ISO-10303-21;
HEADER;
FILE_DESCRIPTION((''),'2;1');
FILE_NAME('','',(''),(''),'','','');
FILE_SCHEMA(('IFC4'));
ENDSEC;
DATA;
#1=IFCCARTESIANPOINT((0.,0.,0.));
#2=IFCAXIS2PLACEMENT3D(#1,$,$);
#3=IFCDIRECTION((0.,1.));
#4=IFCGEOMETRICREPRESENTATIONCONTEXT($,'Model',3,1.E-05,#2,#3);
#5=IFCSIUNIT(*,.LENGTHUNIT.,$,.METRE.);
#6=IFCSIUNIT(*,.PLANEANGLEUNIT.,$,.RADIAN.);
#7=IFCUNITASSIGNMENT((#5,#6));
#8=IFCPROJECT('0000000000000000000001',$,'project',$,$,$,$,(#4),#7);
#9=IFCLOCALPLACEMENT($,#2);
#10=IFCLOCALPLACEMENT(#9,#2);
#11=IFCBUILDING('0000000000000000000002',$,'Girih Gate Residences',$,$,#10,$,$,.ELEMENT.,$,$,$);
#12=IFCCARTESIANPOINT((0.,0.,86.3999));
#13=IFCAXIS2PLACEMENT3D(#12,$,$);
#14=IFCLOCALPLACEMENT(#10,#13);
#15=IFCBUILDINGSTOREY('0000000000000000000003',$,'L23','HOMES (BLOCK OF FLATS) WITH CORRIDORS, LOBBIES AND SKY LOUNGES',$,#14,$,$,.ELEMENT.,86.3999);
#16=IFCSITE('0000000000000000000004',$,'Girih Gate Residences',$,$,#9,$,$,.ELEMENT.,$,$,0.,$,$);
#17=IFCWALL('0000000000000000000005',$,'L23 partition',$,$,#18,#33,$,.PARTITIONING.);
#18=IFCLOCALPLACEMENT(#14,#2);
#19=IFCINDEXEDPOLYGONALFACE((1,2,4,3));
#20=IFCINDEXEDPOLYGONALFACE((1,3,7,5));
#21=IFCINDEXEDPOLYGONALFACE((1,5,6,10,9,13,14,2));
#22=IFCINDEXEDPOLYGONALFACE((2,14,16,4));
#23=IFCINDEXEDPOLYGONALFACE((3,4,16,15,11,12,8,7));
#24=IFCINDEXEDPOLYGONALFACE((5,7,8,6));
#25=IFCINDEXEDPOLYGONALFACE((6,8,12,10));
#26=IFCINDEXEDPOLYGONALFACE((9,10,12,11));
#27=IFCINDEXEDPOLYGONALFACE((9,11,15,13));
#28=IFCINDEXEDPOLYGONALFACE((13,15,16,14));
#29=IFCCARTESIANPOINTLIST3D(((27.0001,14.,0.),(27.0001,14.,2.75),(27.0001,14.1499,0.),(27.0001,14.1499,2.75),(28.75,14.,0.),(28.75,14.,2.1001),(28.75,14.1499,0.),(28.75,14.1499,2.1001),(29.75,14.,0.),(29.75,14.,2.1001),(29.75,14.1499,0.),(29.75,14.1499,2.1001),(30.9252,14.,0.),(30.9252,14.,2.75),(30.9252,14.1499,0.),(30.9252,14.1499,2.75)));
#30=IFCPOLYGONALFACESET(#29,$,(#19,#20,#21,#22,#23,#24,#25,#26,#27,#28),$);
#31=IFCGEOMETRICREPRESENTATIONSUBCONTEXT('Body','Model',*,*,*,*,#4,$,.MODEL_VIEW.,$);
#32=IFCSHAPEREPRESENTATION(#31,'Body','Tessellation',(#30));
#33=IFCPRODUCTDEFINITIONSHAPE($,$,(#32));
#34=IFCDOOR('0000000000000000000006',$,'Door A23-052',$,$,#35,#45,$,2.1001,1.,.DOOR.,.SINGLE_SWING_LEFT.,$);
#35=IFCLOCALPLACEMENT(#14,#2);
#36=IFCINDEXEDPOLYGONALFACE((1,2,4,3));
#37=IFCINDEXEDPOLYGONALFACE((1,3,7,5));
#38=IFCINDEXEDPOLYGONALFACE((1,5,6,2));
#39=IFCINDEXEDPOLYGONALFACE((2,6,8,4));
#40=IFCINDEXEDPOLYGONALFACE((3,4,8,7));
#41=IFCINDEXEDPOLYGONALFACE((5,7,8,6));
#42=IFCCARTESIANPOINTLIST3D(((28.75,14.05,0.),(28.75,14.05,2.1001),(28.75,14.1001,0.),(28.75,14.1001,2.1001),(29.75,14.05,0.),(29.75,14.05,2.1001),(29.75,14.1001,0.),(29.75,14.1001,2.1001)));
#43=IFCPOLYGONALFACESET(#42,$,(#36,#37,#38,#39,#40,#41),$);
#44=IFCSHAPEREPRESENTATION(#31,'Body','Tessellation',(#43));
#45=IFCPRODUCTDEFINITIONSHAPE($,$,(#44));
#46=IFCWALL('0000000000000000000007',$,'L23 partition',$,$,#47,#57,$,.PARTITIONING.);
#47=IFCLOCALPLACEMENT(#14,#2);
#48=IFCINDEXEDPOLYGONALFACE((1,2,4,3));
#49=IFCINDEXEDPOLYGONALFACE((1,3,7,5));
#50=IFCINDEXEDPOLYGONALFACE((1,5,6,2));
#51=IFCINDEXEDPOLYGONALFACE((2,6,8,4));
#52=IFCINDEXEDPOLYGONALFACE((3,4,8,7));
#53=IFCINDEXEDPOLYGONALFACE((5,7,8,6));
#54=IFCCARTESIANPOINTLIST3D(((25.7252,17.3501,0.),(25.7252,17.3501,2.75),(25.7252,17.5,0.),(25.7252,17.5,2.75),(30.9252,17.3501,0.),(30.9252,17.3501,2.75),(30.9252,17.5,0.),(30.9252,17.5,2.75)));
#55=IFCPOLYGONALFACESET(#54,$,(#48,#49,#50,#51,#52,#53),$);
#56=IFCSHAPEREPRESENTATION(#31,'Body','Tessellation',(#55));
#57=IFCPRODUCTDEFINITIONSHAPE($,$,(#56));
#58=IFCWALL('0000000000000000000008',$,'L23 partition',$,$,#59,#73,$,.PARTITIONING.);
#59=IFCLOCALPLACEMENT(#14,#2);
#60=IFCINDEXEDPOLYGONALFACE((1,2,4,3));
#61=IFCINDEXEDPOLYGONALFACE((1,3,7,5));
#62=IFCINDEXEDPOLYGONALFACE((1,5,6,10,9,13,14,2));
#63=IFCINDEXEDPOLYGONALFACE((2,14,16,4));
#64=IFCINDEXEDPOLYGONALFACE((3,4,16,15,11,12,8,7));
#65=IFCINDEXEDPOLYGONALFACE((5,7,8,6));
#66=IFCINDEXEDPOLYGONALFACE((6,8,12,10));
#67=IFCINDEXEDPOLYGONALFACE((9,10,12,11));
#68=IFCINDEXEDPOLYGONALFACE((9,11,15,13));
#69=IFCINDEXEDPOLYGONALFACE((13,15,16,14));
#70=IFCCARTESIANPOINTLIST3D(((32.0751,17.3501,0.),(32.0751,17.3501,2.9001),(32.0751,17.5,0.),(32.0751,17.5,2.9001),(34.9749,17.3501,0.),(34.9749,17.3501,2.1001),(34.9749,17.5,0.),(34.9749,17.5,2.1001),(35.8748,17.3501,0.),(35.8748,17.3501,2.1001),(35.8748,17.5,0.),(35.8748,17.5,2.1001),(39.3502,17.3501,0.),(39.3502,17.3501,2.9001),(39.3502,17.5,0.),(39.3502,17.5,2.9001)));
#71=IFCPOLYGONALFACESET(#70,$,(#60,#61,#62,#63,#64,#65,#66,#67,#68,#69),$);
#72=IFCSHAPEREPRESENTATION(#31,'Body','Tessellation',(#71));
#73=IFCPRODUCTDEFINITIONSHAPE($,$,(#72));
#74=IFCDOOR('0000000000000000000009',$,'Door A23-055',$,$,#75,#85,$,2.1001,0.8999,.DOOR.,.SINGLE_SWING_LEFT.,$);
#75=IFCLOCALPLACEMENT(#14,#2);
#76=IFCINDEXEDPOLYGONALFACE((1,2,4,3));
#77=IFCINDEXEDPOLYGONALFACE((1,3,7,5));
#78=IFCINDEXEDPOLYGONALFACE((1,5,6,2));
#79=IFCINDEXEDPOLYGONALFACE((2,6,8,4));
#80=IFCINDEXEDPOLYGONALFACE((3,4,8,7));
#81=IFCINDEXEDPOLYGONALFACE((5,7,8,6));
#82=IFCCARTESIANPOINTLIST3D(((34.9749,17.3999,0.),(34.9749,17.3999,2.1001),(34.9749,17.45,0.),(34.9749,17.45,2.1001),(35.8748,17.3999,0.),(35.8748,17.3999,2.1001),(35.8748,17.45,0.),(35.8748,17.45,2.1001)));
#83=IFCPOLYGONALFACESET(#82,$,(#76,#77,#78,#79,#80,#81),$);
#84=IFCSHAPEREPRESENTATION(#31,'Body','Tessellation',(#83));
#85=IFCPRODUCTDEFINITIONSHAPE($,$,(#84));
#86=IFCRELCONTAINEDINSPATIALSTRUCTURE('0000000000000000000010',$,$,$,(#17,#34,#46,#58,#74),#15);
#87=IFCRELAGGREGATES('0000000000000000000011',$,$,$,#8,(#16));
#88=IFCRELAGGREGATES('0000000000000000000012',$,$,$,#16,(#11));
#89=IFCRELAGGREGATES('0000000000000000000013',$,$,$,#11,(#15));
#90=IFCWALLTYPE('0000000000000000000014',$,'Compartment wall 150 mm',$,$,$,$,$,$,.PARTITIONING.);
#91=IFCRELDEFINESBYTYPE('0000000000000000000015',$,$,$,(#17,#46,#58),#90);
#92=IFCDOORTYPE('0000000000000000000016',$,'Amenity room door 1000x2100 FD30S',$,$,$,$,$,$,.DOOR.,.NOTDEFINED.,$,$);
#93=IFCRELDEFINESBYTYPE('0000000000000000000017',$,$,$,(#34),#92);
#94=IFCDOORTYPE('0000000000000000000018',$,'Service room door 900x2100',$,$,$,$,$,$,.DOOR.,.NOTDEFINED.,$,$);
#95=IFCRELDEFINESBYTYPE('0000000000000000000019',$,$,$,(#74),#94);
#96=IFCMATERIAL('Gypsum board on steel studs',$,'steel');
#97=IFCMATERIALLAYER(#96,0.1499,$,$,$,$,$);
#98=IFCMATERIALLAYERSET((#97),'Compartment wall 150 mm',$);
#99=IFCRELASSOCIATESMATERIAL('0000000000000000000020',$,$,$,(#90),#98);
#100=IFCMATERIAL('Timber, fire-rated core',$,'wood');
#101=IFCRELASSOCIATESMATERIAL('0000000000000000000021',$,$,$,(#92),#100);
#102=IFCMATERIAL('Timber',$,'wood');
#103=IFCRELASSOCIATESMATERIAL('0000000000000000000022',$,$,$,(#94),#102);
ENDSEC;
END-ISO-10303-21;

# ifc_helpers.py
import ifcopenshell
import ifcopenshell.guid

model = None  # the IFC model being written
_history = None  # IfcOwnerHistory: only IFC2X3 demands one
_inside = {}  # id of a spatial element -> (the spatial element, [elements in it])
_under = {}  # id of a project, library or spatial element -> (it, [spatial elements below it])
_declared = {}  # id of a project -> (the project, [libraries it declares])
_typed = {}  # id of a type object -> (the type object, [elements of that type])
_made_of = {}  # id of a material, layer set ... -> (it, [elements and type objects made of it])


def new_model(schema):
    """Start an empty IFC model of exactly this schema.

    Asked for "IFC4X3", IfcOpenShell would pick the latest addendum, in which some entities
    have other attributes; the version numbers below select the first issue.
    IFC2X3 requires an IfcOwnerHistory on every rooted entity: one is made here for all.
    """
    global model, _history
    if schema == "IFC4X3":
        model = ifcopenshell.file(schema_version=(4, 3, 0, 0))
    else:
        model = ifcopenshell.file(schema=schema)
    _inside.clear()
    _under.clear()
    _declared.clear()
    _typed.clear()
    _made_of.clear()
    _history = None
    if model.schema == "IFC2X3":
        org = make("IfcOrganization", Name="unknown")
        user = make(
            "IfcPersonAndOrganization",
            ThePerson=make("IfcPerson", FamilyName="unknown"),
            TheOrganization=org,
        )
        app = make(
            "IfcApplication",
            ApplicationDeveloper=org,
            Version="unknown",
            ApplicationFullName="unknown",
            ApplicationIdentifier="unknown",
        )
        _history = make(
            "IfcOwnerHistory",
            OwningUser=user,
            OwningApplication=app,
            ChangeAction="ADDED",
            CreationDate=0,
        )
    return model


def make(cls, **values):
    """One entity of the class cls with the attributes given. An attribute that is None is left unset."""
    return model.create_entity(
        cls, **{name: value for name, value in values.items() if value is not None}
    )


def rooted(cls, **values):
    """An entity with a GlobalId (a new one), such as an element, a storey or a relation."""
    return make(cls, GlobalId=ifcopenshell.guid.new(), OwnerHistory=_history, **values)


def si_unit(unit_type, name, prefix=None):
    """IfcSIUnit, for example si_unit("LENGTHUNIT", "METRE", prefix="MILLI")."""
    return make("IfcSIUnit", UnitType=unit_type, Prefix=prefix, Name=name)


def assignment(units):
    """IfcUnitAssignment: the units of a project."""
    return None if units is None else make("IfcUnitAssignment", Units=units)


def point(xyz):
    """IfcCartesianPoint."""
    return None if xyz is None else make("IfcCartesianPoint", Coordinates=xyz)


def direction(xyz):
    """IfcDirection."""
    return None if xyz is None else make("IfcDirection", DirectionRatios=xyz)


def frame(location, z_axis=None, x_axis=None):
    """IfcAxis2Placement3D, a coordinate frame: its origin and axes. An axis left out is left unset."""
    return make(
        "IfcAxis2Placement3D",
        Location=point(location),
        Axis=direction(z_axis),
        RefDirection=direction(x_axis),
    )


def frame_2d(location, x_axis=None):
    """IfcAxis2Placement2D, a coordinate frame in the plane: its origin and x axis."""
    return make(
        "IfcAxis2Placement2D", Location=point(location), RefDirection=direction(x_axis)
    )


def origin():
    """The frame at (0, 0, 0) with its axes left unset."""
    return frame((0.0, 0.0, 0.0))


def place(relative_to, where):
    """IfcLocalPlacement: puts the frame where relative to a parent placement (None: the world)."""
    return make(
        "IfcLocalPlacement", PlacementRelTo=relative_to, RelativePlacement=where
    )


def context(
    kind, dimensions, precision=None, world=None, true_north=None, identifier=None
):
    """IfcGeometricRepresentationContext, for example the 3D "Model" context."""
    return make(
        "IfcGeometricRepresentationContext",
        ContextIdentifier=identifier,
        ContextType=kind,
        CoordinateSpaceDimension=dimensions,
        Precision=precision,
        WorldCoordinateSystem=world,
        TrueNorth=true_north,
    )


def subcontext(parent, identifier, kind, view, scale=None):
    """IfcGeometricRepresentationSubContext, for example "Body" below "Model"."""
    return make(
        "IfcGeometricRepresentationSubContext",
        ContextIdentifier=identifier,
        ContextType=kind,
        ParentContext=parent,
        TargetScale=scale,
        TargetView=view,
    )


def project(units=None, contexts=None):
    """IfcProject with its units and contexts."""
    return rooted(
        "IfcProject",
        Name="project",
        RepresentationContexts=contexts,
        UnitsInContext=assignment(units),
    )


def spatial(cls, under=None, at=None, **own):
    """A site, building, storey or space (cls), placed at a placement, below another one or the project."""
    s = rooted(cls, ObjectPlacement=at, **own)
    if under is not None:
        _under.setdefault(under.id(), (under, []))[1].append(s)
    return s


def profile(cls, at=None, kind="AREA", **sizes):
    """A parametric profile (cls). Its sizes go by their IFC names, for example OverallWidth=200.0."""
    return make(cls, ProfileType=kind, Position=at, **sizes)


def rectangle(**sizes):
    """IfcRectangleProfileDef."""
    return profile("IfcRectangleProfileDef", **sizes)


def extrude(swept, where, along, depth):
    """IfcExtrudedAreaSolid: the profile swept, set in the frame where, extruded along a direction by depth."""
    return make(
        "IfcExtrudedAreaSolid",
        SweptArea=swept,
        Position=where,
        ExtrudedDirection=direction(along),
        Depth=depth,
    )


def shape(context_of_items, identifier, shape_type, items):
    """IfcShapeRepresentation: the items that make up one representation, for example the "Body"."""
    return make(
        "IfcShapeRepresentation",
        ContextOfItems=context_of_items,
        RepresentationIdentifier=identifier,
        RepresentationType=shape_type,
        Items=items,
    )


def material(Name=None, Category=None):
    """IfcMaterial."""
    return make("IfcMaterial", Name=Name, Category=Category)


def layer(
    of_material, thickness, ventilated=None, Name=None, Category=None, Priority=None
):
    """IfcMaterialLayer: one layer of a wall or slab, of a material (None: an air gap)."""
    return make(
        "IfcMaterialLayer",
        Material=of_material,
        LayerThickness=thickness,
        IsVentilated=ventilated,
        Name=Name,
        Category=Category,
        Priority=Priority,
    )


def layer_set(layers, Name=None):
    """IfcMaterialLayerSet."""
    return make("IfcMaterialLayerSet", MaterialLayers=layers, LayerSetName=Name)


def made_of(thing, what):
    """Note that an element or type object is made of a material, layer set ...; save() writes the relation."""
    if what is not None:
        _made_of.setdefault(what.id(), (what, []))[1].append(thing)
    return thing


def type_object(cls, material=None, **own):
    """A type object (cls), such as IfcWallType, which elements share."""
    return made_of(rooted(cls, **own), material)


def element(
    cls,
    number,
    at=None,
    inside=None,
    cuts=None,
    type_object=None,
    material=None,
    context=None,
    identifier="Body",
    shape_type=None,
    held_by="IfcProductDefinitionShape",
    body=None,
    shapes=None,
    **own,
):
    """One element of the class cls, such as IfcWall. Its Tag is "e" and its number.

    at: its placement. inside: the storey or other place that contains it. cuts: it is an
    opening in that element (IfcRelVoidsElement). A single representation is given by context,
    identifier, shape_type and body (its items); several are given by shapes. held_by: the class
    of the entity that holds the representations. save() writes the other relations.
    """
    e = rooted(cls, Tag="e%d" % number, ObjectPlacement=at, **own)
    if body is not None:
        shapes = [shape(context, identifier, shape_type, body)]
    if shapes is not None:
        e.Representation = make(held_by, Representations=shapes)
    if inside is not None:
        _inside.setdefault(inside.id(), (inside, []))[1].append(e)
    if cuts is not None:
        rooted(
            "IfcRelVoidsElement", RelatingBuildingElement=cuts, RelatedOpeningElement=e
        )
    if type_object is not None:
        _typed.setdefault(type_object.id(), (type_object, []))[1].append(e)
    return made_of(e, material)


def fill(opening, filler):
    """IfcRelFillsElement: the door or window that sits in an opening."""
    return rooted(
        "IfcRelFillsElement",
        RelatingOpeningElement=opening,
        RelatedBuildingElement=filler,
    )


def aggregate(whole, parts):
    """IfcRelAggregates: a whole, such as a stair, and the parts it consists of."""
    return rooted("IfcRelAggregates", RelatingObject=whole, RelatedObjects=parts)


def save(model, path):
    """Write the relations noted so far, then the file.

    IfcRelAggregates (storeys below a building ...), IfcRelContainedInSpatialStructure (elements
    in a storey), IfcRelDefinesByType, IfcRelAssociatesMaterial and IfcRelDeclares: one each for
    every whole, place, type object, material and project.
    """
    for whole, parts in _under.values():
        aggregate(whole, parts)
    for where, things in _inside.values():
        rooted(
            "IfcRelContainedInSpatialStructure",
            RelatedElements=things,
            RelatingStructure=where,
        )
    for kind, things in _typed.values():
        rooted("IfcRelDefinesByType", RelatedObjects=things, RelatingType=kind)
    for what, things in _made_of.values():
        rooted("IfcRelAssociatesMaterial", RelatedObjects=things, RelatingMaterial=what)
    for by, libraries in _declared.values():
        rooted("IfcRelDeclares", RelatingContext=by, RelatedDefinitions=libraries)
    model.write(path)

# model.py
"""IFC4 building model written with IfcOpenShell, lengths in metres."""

from ifc_helpers import new_model, si_unit, direction, frame, frame_2d, origin, place, context, subcontext, project, spatial, rectangle, extrude, material, layer, layer_set, type_object, element, fill, save


model = new_model("IFC4")

# Units and contexts
model_context = context("Model", 3, precision=1e-05, world=origin(), true_north=direction((0.0, 1.0)))
body_context = subcontext(model_context, "Body", "Model", "MODEL_VIEW")
ifc_project = project(units=[si_unit("LENGTHUNIT", "METRE"), si_unit("PLANEANGLEUNIT", "RADIAN")], contexts=[model_context])

# Site, building, storey
site_placement = place(None, origin())
site = spatial("IfcSite", under=ifc_project, at=site_placement, Name="Girih Gate Residences", CompositionType="ELEMENT", RefElevation=0.0)
building_placement = place(site_placement, origin())
building = spatial("IfcBuilding", under=site, at=building_placement, Name="Girih Gate Residences", CompositionType="ELEMENT")
storey_placement = place(building_placement, frame((0.0, 0.0, 86.3999)))
storey = spatial("IfcBuildingStorey", under=building, at=storey_placement, Name="L23", Description="HOMES (BLOCK OF FLATS) WITH CORRIDORS, LOBBIES AND SKY LOUNGES", CompositionType="ELEMENT", Elevation=86.3999)

# Shared definitions
ifc_material_1 = material(Name="Gypsum board on steel studs", Category="steel")
ifc_layer_1 = layer(ifc_material_1, 0.1499)
ifc_layer_set_1 = layer_set([ifc_layer_1], Name="Compartment wall 150 mm")
wall_type_1 = type_object("IfcWallType", Name="Compartment wall 150 mm", PredefinedType="PARTITIONING", material=ifc_layer_set_1)

# Shared definitions
ifc_material_2 = material(Name="Timber, fire-rated core", Category="wood")

# Wall, opening, door
door_type_1 = type_object("IfcDoorType", Name="Amenity room door 1000x2100 FD30S", OperationType="NOTDEFINED", PredefinedType="DOOR", material=ifc_material_2)
wall_1_placement = place(storey_placement, frame((30.925, 14.075, 0.0), z_axis=(0.0, 0.0, 1.0), x_axis=(-1.0, 0.0, 0.0)))
wall_1 = element("IfcWall", 1, at=wall_1_placement, inside=storey, type_object=wall_type_1, Name="L23 partition", PredefinedType="PARTITIONING", context=body_context, shape_type="SweptSolid", body=[
    extrude(rectangle(XDim=3.925, YDim=0.1499, at=frame_2d((1.9624, 0.0))), origin(), (0.0, 0.0, 1.0), 2.75),
])
opening_1_placement = place(wall_1_placement, frame((1.175, 0.0, 0.0)))
opening_1 = element("IfcOpeningElement", 2, at=opening_1_placement, cuts=wall_1, PredefinedType="OPENING", context=body_context, shape_type="SweptSolid", body=[
    extrude(rectangle(XDim=1.0, YDim=2.1001, at=frame_2d((0.5, 1.05))), frame((0.0, 0.085, 0.0), z_axis=(0.0, -1.0, 0.0), x_axis=(1.0, 0.0, 0.0)), (0.0, 0.0, 1.0), 0.1699),
])
door_1_placement = place(opening_1_placement, origin())
door_1 = element("IfcDoor", 3, at=door_1_placement, inside=storey, type_object=door_type_1, Name="Door A23-052", OperationType="SINGLE_SWING_LEFT", OverallHeight=2.1001, OverallWidth=1.0, PredefinedType="DOOR", context=body_context, shape_type="SweptSolid", body=[
    extrude(rectangle(XDim=1.0, YDim=2.1001, at=frame_2d((0.5, 1.05))), frame((0.0, 0.0249, 0.0), z_axis=(0.0, -1.0, 0.0), x_axis=(1.0, 0.0, 0.0)), (0.0, 0.0, 1.0), 0.05),
])
fill(opening_1, door_1)

# Wall
wall_2_placement = place(storey_placement, frame((25.7251, 17.425, 0.0), z_axis=(0.0, 0.0, 1.0), x_axis=(1.0, 0.0, 0.0)))
element("IfcWall", 4, at=wall_2_placement, inside=storey, type_object=wall_type_1, Name="L23 partition", PredefinedType="PARTITIONING", context=body_context, shape_type="SweptSolid", body=[
    extrude(rectangle(XDim=5.2, YDim=0.1499, at=frame_2d((2.6001, 0.0))), origin(), (0.0, 0.0, 1.0), 2.75),
])

# Wall, opening, door
wall_3_placement = place(storey_placement, frame((32.075, 17.425, 0.0), z_axis=(0.0, 0.0, 1.0), x_axis=(1.0, 0.0, 0.0)))
wall_3 = element("IfcWall", 5, at=wall_3_placement, inside=storey, type_object=wall_type_1, Name="L23 partition", PredefinedType="PARTITIONING", context=body_context, shape_type="SweptSolid", body=[
    extrude(rectangle(XDim=7.2751, YDim=0.1499, at=frame_2d((3.6377, 0.0))), origin(), (0.0, 0.0, 1.0), 2.9001),
])
opening_2_placement = place(wall_3_placement, frame((2.8999, 0.0, 0.0)))
opening_2 = element("IfcOpeningElement", 6, at=opening_2_placement, cuts=wall_3, PredefinedType="OPENING", context=body_context, shape_type="SweptSolid", body=[
    extrude(rectangle(XDim=0.8999, YDim=2.1001, at=frame_2d((0.45, 1.05))), frame((0.0, 0.085, 0.0), z_axis=(0.0, -1.0, 0.0), x_axis=(1.0, 0.0, 0.0)), (0.0, 0.0, 1.0), 0.1699),
])
ifc_material_3 = material(Name="Timber", Category="wood")
door_type_2 = type_object("IfcDoorType", Name="Service room door 900x2100", OperationType="NOTDEFINED", PredefinedType="DOOR", material=ifc_material_3)
door_2_placement = place(opening_2_placement, origin())
door_2 = element("IfcDoor", 7, at=door_2_placement, inside=storey, type_object=door_type_2, Name="Door A23-055", OperationType="SINGLE_SWING_LEFT", OverallHeight=2.1001, OverallWidth=0.8999, PredefinedType="DOOR", context=body_context, shape_type="SweptSolid", body=[
    extrude(rectangle(XDim=0.8999, YDim=2.1001, at=frame_2d((0.45, 1.05))), frame((0.0, 0.0249, 0.0), z_axis=(0.0, -1.0, 0.0), x_axis=(1.0, 0.0, 0.0)), (0.0, 0.0, 1.0), 0.05),
])
fill(opening_2, door_2)

save(model, "model.ifc")
